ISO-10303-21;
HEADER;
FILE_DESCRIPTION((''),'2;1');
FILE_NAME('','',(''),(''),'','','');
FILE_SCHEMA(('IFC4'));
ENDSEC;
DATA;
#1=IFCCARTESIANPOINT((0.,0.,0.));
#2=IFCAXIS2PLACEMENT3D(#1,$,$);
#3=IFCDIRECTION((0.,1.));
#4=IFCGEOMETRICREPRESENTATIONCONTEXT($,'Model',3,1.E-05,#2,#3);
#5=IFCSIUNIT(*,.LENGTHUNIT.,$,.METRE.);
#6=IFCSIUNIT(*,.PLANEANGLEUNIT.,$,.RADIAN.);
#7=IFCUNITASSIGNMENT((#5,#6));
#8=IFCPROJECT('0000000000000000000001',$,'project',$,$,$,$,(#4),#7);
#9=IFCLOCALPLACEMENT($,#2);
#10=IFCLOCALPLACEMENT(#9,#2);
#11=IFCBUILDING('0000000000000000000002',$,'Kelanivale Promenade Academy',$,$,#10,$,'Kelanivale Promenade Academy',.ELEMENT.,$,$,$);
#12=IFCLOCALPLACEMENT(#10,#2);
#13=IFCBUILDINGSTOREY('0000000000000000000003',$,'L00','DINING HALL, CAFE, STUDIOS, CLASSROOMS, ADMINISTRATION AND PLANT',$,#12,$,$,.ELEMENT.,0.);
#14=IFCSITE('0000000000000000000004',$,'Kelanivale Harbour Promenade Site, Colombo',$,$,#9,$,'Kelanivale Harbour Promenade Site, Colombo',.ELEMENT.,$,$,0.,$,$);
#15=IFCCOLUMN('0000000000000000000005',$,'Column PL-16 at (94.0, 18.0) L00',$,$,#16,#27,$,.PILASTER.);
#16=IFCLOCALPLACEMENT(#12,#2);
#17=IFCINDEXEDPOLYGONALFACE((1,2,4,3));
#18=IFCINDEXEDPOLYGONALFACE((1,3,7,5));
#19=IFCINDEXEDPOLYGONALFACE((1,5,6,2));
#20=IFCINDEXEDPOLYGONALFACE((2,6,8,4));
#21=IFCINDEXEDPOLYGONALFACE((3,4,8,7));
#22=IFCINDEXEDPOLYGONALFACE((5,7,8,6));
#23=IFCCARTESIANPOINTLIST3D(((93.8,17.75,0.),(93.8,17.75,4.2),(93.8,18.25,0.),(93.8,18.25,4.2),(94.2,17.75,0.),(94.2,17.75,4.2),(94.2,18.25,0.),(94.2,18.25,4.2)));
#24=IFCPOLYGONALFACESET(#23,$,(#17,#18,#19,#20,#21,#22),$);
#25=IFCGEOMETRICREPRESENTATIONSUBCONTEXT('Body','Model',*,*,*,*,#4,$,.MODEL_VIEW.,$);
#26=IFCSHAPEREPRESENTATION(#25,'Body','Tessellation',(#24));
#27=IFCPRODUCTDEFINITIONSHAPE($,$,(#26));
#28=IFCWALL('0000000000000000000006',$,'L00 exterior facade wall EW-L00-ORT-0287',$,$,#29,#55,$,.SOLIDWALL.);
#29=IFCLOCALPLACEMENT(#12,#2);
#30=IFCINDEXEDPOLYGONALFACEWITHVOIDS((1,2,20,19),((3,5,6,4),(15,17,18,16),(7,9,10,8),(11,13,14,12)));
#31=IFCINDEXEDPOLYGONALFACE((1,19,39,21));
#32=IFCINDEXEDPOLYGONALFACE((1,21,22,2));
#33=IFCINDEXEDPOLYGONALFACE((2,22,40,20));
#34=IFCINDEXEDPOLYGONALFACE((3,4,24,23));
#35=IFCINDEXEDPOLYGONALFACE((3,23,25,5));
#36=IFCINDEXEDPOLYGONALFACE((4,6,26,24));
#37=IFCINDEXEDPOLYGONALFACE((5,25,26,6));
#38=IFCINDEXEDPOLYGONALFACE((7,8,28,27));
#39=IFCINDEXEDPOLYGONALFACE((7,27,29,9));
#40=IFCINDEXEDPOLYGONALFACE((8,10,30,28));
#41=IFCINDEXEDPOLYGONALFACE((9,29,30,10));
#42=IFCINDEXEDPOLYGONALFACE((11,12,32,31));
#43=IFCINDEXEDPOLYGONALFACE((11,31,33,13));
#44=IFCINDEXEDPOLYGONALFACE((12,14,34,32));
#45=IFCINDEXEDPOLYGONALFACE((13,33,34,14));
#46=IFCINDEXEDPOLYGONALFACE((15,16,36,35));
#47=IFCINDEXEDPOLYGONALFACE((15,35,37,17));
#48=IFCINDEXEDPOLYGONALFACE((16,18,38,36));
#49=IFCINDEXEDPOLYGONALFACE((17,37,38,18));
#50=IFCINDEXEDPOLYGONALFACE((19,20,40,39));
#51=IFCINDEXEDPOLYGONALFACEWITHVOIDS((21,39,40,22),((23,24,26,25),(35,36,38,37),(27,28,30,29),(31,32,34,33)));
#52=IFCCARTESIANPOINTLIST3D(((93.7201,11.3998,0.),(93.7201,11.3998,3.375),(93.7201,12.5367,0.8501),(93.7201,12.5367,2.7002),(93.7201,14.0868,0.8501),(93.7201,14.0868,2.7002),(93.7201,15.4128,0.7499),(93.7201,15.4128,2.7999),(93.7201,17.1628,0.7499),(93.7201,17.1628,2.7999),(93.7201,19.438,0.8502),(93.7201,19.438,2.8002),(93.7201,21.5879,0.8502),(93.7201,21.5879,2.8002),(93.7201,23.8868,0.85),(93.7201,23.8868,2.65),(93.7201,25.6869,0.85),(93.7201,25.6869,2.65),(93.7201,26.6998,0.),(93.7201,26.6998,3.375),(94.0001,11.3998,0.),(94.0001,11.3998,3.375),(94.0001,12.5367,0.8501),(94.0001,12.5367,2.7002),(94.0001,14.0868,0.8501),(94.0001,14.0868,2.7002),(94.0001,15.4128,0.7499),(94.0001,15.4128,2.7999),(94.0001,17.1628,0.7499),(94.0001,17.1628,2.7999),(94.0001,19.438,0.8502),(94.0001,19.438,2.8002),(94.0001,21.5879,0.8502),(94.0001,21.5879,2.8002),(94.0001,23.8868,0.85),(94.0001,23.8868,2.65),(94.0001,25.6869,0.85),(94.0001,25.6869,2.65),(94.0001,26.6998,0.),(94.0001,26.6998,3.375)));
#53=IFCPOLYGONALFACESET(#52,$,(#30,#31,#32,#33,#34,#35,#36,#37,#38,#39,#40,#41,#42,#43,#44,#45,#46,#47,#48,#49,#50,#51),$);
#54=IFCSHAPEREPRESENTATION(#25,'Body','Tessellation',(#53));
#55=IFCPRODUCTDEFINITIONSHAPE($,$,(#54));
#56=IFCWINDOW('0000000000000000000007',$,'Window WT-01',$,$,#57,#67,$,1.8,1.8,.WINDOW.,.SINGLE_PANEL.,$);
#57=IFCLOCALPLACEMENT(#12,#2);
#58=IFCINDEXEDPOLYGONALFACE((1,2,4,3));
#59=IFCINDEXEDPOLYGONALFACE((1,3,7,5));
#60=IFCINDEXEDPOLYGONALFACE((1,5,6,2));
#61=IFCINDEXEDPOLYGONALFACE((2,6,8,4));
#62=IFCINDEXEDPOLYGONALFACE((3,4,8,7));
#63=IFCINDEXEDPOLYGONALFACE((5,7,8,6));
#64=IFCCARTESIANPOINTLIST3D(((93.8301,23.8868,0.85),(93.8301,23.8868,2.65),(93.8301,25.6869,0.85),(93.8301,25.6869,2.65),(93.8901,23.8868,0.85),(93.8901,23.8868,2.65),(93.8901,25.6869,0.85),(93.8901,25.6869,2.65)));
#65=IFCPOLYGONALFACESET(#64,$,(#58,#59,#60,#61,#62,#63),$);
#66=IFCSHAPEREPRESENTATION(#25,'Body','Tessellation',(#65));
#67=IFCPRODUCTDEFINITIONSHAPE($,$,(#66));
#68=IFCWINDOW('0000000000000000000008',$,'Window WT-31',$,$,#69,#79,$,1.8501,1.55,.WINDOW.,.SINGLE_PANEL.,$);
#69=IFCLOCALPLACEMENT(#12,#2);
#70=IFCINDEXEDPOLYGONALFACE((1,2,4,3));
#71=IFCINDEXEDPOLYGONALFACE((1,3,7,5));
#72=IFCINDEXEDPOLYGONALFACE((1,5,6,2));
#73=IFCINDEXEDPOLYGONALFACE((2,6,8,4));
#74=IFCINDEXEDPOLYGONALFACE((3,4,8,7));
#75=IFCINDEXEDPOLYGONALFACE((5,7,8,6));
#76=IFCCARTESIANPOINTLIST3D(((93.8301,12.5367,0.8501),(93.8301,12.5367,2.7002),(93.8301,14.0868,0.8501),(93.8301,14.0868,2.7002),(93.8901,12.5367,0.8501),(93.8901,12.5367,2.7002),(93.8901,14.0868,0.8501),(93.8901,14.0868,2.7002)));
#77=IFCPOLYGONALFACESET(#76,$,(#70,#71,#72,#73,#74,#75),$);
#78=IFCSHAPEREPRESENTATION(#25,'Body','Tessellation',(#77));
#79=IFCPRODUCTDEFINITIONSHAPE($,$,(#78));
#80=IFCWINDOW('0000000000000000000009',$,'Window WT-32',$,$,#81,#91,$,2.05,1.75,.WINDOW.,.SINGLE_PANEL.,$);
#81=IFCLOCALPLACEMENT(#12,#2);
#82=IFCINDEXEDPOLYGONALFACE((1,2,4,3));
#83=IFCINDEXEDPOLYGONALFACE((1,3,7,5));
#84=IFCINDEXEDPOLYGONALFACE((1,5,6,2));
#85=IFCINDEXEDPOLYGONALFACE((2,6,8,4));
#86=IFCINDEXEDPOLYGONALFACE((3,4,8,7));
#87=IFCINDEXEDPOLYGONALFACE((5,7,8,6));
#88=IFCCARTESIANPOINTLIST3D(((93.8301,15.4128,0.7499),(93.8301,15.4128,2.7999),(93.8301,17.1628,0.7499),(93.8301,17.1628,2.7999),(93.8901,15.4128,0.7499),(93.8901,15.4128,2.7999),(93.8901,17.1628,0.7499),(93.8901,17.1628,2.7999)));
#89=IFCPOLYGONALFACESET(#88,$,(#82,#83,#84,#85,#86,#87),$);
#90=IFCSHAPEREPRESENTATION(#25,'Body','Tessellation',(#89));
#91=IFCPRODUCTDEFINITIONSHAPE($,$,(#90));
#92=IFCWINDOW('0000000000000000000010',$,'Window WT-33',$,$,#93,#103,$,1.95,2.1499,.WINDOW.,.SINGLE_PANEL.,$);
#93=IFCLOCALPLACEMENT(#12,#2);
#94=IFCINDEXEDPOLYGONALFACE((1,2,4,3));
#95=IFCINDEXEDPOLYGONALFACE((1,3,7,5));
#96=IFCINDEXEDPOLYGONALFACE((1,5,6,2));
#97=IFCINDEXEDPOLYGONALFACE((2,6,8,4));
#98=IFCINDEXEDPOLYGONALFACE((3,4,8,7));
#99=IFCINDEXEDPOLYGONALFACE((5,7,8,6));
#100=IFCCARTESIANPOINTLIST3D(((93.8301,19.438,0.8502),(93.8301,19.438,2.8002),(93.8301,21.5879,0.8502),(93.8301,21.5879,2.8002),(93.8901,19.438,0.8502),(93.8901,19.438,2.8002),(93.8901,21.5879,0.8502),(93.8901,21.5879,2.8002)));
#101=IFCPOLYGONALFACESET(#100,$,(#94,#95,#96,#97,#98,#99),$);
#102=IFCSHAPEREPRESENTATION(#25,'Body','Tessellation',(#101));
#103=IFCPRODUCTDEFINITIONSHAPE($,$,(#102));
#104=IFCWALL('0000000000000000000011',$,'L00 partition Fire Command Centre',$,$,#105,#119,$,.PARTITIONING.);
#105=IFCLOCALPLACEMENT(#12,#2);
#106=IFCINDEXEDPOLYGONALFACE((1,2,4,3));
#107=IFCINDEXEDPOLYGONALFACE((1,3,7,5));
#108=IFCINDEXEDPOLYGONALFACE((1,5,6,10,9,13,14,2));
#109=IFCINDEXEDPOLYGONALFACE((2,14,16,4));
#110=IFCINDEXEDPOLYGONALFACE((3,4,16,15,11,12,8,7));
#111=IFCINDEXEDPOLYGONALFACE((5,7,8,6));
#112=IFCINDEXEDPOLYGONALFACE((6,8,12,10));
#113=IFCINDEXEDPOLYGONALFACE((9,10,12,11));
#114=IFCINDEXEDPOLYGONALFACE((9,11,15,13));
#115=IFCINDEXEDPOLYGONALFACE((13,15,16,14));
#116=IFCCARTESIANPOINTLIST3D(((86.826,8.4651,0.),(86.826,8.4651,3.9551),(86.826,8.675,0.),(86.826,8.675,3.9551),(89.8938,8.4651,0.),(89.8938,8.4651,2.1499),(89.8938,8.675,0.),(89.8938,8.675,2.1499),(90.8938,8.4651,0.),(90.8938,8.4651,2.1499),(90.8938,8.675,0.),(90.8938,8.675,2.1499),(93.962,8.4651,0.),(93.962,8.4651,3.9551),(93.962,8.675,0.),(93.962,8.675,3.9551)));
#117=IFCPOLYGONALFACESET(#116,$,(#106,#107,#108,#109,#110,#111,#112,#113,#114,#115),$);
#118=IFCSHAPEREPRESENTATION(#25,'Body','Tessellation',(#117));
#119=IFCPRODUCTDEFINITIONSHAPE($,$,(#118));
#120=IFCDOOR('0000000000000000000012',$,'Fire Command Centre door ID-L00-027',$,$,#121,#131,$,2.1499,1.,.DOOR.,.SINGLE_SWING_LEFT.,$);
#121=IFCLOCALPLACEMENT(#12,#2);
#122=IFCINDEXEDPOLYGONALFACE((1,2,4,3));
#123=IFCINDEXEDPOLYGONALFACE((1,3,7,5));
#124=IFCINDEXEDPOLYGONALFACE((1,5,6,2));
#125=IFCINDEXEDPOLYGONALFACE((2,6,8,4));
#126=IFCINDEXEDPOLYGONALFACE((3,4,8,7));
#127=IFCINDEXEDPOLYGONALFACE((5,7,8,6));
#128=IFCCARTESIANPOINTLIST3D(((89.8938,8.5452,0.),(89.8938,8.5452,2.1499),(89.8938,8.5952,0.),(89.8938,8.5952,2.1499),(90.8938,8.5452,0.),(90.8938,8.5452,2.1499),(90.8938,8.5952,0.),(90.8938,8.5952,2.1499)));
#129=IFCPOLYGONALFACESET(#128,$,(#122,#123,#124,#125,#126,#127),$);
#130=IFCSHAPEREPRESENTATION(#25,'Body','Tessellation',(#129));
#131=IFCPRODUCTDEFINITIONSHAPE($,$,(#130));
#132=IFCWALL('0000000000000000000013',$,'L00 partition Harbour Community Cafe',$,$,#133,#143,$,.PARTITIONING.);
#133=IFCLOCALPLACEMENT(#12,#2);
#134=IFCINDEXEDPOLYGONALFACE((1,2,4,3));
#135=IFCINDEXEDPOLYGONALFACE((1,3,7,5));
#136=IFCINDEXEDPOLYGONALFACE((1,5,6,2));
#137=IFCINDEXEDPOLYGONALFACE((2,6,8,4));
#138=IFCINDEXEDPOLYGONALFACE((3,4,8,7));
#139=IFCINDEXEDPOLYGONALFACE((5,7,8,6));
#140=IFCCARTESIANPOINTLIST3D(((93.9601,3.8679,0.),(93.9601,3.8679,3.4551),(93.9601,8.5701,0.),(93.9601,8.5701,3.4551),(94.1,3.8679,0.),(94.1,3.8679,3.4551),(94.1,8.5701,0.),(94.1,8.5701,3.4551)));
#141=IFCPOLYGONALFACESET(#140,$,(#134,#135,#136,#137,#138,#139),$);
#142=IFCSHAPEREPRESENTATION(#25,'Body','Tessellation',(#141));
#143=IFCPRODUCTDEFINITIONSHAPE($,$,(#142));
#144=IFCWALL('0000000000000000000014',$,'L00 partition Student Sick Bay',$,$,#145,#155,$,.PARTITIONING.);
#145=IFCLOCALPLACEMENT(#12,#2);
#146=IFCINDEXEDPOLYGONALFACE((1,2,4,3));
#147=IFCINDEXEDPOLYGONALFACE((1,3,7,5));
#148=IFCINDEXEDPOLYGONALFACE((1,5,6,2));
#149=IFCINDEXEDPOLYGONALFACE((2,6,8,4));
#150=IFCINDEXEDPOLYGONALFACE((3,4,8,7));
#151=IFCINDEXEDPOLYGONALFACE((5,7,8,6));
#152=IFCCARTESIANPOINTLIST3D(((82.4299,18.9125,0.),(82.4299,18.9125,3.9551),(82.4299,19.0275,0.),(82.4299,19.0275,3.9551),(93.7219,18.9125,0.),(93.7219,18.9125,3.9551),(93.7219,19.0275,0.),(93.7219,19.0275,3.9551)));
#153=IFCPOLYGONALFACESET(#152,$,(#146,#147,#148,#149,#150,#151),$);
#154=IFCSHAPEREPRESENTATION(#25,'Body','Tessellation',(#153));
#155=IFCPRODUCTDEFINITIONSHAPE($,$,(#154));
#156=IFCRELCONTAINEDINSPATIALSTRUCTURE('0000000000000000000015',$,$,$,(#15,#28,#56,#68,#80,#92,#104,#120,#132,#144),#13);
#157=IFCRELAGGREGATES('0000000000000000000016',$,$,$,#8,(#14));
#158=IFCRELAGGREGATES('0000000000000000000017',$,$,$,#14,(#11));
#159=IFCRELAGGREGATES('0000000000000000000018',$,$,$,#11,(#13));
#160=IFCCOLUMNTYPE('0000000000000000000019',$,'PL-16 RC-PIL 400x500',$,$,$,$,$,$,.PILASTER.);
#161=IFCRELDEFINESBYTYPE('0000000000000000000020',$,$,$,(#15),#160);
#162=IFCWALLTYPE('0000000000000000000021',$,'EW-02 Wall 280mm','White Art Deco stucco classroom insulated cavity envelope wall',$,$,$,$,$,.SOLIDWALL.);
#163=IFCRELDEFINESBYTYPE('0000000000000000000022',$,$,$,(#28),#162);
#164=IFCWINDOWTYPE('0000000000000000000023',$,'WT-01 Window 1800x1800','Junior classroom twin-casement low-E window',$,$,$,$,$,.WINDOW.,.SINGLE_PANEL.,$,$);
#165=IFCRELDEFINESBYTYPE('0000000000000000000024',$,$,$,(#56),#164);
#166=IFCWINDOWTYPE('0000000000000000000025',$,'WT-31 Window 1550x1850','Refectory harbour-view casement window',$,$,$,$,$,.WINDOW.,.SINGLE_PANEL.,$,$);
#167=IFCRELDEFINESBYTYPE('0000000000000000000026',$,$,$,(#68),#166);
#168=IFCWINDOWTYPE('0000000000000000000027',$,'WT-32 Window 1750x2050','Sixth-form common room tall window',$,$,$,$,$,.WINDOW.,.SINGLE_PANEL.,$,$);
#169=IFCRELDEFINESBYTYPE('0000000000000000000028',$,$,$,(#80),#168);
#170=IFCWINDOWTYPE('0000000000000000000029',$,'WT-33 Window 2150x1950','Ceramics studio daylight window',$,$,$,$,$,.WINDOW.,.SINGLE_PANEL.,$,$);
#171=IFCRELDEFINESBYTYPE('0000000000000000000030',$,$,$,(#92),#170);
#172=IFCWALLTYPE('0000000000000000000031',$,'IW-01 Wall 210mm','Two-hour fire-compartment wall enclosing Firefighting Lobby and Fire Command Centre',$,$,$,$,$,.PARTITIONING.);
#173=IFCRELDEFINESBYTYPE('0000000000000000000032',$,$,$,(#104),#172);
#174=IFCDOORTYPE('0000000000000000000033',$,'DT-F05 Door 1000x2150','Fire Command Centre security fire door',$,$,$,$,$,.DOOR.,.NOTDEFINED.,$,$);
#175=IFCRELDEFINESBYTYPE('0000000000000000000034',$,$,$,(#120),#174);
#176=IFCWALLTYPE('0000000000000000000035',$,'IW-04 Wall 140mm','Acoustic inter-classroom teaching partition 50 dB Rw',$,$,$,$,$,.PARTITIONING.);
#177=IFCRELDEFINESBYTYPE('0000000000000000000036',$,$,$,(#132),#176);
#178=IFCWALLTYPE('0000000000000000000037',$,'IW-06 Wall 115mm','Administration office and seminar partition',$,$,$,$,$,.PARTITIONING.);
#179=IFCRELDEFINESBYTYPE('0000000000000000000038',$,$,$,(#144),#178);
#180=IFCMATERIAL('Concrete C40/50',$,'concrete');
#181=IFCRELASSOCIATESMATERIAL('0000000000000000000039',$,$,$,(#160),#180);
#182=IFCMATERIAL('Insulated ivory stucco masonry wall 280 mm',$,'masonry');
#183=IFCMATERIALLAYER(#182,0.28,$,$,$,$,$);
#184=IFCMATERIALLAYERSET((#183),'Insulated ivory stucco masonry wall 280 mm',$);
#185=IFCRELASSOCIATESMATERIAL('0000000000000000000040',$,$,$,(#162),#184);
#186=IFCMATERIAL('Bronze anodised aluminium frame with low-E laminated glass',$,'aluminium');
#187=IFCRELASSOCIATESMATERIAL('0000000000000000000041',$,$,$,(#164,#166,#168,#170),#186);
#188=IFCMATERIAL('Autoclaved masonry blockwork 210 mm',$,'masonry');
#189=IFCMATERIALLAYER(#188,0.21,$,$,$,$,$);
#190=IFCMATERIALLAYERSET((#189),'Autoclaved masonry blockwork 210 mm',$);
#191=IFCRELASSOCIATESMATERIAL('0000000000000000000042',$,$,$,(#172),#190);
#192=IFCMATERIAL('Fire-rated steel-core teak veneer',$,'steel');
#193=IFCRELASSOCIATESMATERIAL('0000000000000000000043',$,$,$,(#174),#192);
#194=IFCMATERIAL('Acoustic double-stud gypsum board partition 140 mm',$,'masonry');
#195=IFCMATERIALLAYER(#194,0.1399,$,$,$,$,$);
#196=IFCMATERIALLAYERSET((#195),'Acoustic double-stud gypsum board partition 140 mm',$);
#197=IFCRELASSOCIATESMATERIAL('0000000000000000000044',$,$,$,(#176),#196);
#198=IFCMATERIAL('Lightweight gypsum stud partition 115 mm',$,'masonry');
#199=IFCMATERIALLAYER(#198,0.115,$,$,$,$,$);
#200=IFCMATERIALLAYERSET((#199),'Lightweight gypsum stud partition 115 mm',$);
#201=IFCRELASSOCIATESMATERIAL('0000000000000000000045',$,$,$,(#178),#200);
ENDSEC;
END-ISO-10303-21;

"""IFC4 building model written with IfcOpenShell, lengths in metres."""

from ifc_helpers import new_model, si_unit, direction, frame, frame_2d, origin, origin_2d, place, context, subcontext, project, spatial, rectangle, extrude, material, layer, layer_set, material_profile, profile_set, type_object, element, fill, save


model = new_model("IFC4")

# Units and contexts
model_context = context("Model", 3, precision=1e-05, world=origin(), true_north=direction((0.0, 1.0)))
body_context = subcontext(model_context, "Body", "Model", "MODEL_VIEW")
ifc_project = project(units=[si_unit("LENGTHUNIT", "METRE"), si_unit("PLANEANGLEUNIT", "RADIAN")], contexts=[model_context])

# Site, building, storey
site_placement = place(None, origin())
site = spatial("IfcSite", under=ifc_project, at=site_placement, Name="Kelanivale Harbour Promenade Site, Colombo", LongName="Kelanivale Harbour Promenade Site, Colombo", CompositionType="ELEMENT", RefElevation=0.0)
building_placement = place(site_placement, origin())
building = spatial("IfcBuilding", under=site, at=building_placement, Name="Kelanivale Promenade Academy", LongName="Kelanivale Promenade Academy", CompositionType="ELEMENT")
storey_placement = place(building_placement, origin())
storey = spatial("IfcBuildingStorey", under=building, at=storey_placement, Name="L00", Description="DINING HALL, CAFE, STUDIOS, CLASSROOMS, ADMINISTRATION AND PLANT", CompositionType="ELEMENT", Elevation=0.0)

# Column
ifc_material_1 = material(Name="Concrete C40/50", Category="concrete")
ifc_material_profile_1 = material_profile(ifc_material_1, rectangle(XDim=0.3999, YDim=0.5, at=origin_2d()), Name="RC-PIL 400x500")
ifc_profile_set_1 = profile_set([ifc_material_profile_1], Name="Concrete C40/50")
column_type_1 = type_object("IfcColumnType", Name="PL-16 RC-PIL 400x500", PredefinedType="PILASTER", material=ifc_profile_set_1)
column_1_placement = place(storey_placement, frame((94.0, 18.0, 0.0), z_axis=(0.0, 0.0, 1.0), x_axis=(1.0, 0.0, 0.0)))
element("IfcColumn", 1, at=column_1_placement, inside=storey, type_object=column_type_1, Name="Column PL-16 at (94.0, 18.0) L00", PredefinedType="PILASTER", context=body_context, shape_type="SweptSolid", body=[
    extrude(rectangle(XDim=0.3999, YDim=0.5, at=origin_2d()), origin(), (0.0, 0.0, 1.0), 4.2),
])

# Wall, openings, windows
ifc_material_2 = material(Name="Insulated ivory stucco masonry wall 280 mm", Category="masonry")
ifc_layer_1 = layer(ifc_material_2, 0.28)
ifc_layer_set_1 = layer_set([ifc_layer_1], Name="Insulated ivory stucco masonry wall 280 mm")
wall_type_1 = type_object("IfcWallType", Name="EW-02 Wall 280mm", Description="White Art Deco stucco classroom insulated cavity envelope wall", PredefinedType="SOLIDWALL", material=ifc_layer_set_1)
wall_1_placement = place(storey_placement, frame((93.8601, 11.3999, 0.0), z_axis=(0.0, 0.0, 1.0), x_axis=(0.0, 1.0, 0.0)))
wall_1 = element("IfcWall", 2, at=wall_1_placement, inside=storey, type_object=wall_type_1, Name="L00 exterior facade wall EW-L00-ORT-0287", PredefinedType="SOLIDWALL", context=body_context, shape_type="SweptSolid", body=[
    extrude(rectangle(XDim=15.3, YDim=0.28, at=frame_2d((7.6499, 0.0))), origin(), (0.0, 0.0, 1.0), 3.375),
])
opening_1_placement = place(wall_1_placement, frame((1.137, 0.0, 0.8501)))
opening_1 = element("IfcOpeningElement", 3, at=opening_1_placement, cuts=wall_1, PredefinedType="OPENING", context=body_context, shape_type="SweptSolid", body=[
    extrude(rectangle(XDim=1.55, YDim=1.8501, at=frame_2d((0.7749, 0.925))), frame((0.0, 0.1499, 0.0), z_axis=(0.0, -1.0, 0.0), x_axis=(1.0, 0.0, 0.0)), (0.0, 0.0, 1.0), 0.3),
])
opening_2_placement = place(wall_1_placement, frame((4.0129, 0.0, 0.75)))
opening_2 = element("IfcOpeningElement", 4, at=opening_2_placement, cuts=wall_1, PredefinedType="OPENING", context=body_context, shape_type="SweptSolid", body=[
    extrude(rectangle(XDim=1.75, YDim=2.05, at=frame_2d((0.875, 1.0249))), frame((0.0, 0.1499, 0.0), z_axis=(0.0, -1.0, 0.0), x_axis=(1.0, 0.0, 0.0)), (0.0, 0.0, 1.0), 0.3),
])
opening_3_placement = place(wall_1_placement, frame((8.0381, 0.0, 0.8501)))
opening_3 = element("IfcOpeningElement", 5, at=opening_3_placement, cuts=wall_1, PredefinedType="OPENING", context=body_context, shape_type="SweptSolid", body=[
    extrude(rectangle(XDim=2.1499, YDim=1.95, at=frame_2d((1.075, 0.9751))), frame((0.0, 0.1499, 0.0), z_axis=(0.0, -1.0, 0.0), x_axis=(1.0, 0.0, 0.0)), (0.0, 0.0, 1.0), 0.3),
])
opening_4_placement = place(wall_1_placement, frame((12.4871, 0.0, 0.8501)))
opening_4 = element("IfcOpeningElement", 6, at=opening_4_placement, cuts=wall_1, PredefinedType="OPENING", context=body_context, shape_type="SweptSolid", body=[
    extrude(rectangle(XDim=1.8, YDim=1.8, at=frame_2d((0.8999, 0.8999))), frame((0.0, 0.1499, 0.0), z_axis=(0.0, -1.0, 0.0), x_axis=(1.0, 0.0, 0.0)), (0.0, 0.0, 1.0), 0.3),
])
ifc_material_3 = material(Name="Bronze anodised aluminium frame with low-E laminated glass", Category="aluminium")
window_type_1 = type_object("IfcWindowType", Name="WT-01 Window 1800x1800", Description="Junior classroom twin-casement low-E window", PartitioningType="SINGLE_PANEL", PredefinedType="WINDOW", material=ifc_material_3)
window_1_placement = place(opening_4_placement, origin())
window_1 = element("IfcWindow", 7, at=window_1_placement, inside=storey, type_object=window_type_1, Name="Window WT-01", OverallHeight=1.8, OverallWidth=1.8, PartitioningType="SINGLE_PANEL", PredefinedType="WINDOW", context=body_context, shape_type="SweptSolid", body=[
    extrude(rectangle(XDim=1.8, YDim=1.8, at=frame_2d((0.8999, 0.8999))), frame((0.0, 0.03, 0.0), z_axis=(0.0, -1.0, 0.0), x_axis=(1.0, 0.0, 0.0)), (0.0, 0.0, 1.0), 0.0601),
])
fill(opening_4, window_1)
window_type_2 = type_object("IfcWindowType", Name="WT-31 Window 1550x1850", Description="Refectory harbour-view casement window", PartitioningType="SINGLE_PANEL", PredefinedType="WINDOW", material=ifc_material_3)
window_2_placement = place(opening_1_placement, origin())
window_2 = element("IfcWindow", 8, at=window_2_placement, inside=storey, type_object=window_type_2, Name="Window WT-31", OverallHeight=1.8501, OverallWidth=1.55, PartitioningType="SINGLE_PANEL", PredefinedType="WINDOW", context=body_context, shape_type="SweptSolid", body=[
    extrude(rectangle(XDim=1.55, YDim=1.8501, at=frame_2d((0.7749, 0.925))), frame((0.0, 0.03, 0.0), z_axis=(0.0, -1.0, 0.0), x_axis=(1.0, 0.0, 0.0)), (0.0, 0.0, 1.0), 0.0601),
])
fill(opening_1, window_2)
window_type_3 = type_object("IfcWindowType", Name="WT-32 Window 1750x2050", Description="Sixth-form common room tall window", PartitioningType="SINGLE_PANEL", PredefinedType="WINDOW", material=ifc_material_3)
window_3_placement = place(opening_2_placement, origin())
window_3 = element("IfcWindow", 9, at=window_3_placement, inside=storey, type_object=window_type_3, Name="Window WT-32", OverallHeight=2.05, OverallWidth=1.75, PartitioningType="SINGLE_PANEL", PredefinedType="WINDOW", context=body_context, shape_type="SweptSolid", body=[
    extrude(rectangle(XDim=1.75, YDim=2.05, at=frame_2d((0.875, 1.0249))), frame((0.0, 0.03, 0.0), z_axis=(0.0, -1.0, 0.0), x_axis=(1.0, 0.0, 0.0)), (0.0, 0.0, 1.0), 0.0601),
])
fill(opening_2, window_3)
window_type_4 = type_object("IfcWindowType", Name="WT-33 Window 2150x1950", Description="Ceramics studio daylight window", PartitioningType="SINGLE_PANEL", PredefinedType="WINDOW", material=ifc_material_3)
window_4_placement = place(opening_3_placement, origin())
window_4 = element("IfcWindow", 10, at=window_4_placement, inside=storey, type_object=window_type_4, Name="Window WT-33", OverallHeight=1.95, OverallWidth=2.1499, PartitioningType="SINGLE_PANEL", PredefinedType="WINDOW", context=body_context, shape_type="SweptSolid", body=[
    extrude(rectangle(XDim=2.1499, YDim=1.95, at=frame_2d((1.075, 0.9751))), frame((0.0, 0.03, 0.0), z_axis=(0.0, -1.0, 0.0), x_axis=(1.0, 0.0, 0.0)), (0.0, 0.0, 1.0), 0.0601),
])
fill(opening_3, window_4)

# Wall, opening, door
ifc_material_4 = material(Name="Autoclaved masonry blockwork 210 mm", Category="masonry")
ifc_layer_2 = layer(ifc_material_4, 0.21)
ifc_layer_set_2 = layer_set([ifc_layer_2], Name="Autoclaved masonry blockwork 210 mm")
wall_type_2 = type_object("IfcWallType", Name="IW-01 Wall 210mm", Description="Two-hour fire-compartment wall enclosing Firefighting Lobby and Fire Command Centre", PredefinedType="PARTITIONING", material=ifc_layer_set_2)
wall_2_placement = place(storey_placement, frame((93.9619, 8.5701, 0.0), z_axis=(0.0, 0.0, 1.0), x_axis=(-1.0, 0.0, 0.0)))
wall_2 = element("IfcWall", 11, at=wall_2_placement, inside=storey, type_object=wall_type_2, Name="L00 partition Fire Command Centre", PredefinedType="PARTITIONING", context=body_context, shape_type="SweptSolid", body=[
    extrude(rectangle(XDim=7.136, YDim=0.21, at=frame_2d((3.5679, 0.0))), origin(), (0.0, 0.0, 1.0), 3.9551),
])
opening_5_placement = place(wall_2_placement, frame((3.0681, 0.0, 0.0)))
opening_5 = element("IfcOpeningElement", 12, at=opening_5_placement, cuts=wall_2, PredefinedType="OPENING", context=body_context, shape_type="SweptSolid", body=[
    extrude(rectangle(XDim=1.0, YDim=2.1499, at=frame_2d((0.5, 1.075))), frame((0.0, 0.115, 0.0), z_axis=(0.0, -1.0, 0.0), x_axis=(1.0, 0.0, 0.0)), (0.0, 0.0, 1.0), 0.23),
])
ifc_material_5 = material(Name="Fire-rated steel-core teak veneer", Category="steel")
door_type = type_object("IfcDoorType", Name="DT-F05 Door 1000x2150", Description="Fire Command Centre security fire door", OperationType="NOTDEFINED", PredefinedType="DOOR", material=ifc_material_5)
door_placement = place(opening_5_placement, origin())
door = element("IfcDoor", 13, at=door_placement, inside=storey, type_object=door_type, Name="Fire Command Centre door ID-L00-027", OperationType="SINGLE_SWING_LEFT", OverallHeight=2.1499, OverallWidth=1.0, PredefinedType="DOOR", context=body_context, shape_type="SweptSolid", body=[
    extrude(rectangle(XDim=1.0, YDim=2.1499, at=frame_2d((0.5, 1.075))), frame((0.0, 0.0249, 0.0), z_axis=(0.0, -1.0, 0.0), x_axis=(1.0, 0.0, 0.0)), (0.0, 0.0, 1.0), 0.05),
])
fill(opening_5, door)

# Walls
ifc_material_6 = material(Name="Acoustic double-stud gypsum board partition 140 mm", Category="masonry")
ifc_layer_3 = layer(ifc_material_6, 0.1399)
ifc_layer_set_3 = layer_set([ifc_layer_3], Name="Acoustic double-stud gypsum board partition 140 mm")
wall_type_3 = type_object("IfcWallType", Name="IW-04 Wall 140mm", Description="Acoustic inter-classroom teaching partition 50 dB Rw", PredefinedType="PARTITIONING", material=ifc_layer_set_3)
wall_3_placement = place(storey_placement, frame((94.03, 8.5701, 0.0), z_axis=(0.0, 0.0, 1.0), x_axis=(0.0, -1.0, 0.0)))
element("IfcWall", 14, at=wall_3_placement, inside=storey, type_object=wall_type_3, Name="L00 partition Harbour Community Cafe", PredefinedType="PARTITIONING", context=body_context, shape_type="SweptSolid", body=[
    extrude(rectangle(XDim=4.7021, YDim=0.1399, at=frame_2d((2.3511, 0.0))), origin(), (0.0, 0.0, 1.0), 3.4551),
])
ifc_material_7 = material(Name="Lightweight gypsum stud partition 115 mm", Category="masonry")
ifc_layer_4 = layer(ifc_material_7, 0.115)
ifc_layer_set_4 = layer_set([ifc_layer_4], Name="Lightweight gypsum stud partition 115 mm")
wall_type_4 = type_object("IfcWallType", Name="IW-06 Wall 115mm", Description="Administration office and seminar partition", PredefinedType="PARTITIONING", material=ifc_layer_set_4)
wall_4_placement = place(storey_placement, frame((93.7219, 18.97, 0.0), z_axis=(0.0, 0.0, 1.0), x_axis=(-1.0, 0.0, 0.0)))
element("IfcWall", 15, at=wall_4_placement, inside=storey, type_object=wall_type_4, Name="L00 partition Student Sick Bay", PredefinedType="PARTITIONING", context=body_context, shape_type="SweptSolid", body=[
    extrude(rectangle(XDim=11.292, YDim=0.115, at=frame_2d((5.646, 0.0))), origin(), (0.0, 0.0, 1.0), 3.9551),
])

save(model, "model.ifc")
